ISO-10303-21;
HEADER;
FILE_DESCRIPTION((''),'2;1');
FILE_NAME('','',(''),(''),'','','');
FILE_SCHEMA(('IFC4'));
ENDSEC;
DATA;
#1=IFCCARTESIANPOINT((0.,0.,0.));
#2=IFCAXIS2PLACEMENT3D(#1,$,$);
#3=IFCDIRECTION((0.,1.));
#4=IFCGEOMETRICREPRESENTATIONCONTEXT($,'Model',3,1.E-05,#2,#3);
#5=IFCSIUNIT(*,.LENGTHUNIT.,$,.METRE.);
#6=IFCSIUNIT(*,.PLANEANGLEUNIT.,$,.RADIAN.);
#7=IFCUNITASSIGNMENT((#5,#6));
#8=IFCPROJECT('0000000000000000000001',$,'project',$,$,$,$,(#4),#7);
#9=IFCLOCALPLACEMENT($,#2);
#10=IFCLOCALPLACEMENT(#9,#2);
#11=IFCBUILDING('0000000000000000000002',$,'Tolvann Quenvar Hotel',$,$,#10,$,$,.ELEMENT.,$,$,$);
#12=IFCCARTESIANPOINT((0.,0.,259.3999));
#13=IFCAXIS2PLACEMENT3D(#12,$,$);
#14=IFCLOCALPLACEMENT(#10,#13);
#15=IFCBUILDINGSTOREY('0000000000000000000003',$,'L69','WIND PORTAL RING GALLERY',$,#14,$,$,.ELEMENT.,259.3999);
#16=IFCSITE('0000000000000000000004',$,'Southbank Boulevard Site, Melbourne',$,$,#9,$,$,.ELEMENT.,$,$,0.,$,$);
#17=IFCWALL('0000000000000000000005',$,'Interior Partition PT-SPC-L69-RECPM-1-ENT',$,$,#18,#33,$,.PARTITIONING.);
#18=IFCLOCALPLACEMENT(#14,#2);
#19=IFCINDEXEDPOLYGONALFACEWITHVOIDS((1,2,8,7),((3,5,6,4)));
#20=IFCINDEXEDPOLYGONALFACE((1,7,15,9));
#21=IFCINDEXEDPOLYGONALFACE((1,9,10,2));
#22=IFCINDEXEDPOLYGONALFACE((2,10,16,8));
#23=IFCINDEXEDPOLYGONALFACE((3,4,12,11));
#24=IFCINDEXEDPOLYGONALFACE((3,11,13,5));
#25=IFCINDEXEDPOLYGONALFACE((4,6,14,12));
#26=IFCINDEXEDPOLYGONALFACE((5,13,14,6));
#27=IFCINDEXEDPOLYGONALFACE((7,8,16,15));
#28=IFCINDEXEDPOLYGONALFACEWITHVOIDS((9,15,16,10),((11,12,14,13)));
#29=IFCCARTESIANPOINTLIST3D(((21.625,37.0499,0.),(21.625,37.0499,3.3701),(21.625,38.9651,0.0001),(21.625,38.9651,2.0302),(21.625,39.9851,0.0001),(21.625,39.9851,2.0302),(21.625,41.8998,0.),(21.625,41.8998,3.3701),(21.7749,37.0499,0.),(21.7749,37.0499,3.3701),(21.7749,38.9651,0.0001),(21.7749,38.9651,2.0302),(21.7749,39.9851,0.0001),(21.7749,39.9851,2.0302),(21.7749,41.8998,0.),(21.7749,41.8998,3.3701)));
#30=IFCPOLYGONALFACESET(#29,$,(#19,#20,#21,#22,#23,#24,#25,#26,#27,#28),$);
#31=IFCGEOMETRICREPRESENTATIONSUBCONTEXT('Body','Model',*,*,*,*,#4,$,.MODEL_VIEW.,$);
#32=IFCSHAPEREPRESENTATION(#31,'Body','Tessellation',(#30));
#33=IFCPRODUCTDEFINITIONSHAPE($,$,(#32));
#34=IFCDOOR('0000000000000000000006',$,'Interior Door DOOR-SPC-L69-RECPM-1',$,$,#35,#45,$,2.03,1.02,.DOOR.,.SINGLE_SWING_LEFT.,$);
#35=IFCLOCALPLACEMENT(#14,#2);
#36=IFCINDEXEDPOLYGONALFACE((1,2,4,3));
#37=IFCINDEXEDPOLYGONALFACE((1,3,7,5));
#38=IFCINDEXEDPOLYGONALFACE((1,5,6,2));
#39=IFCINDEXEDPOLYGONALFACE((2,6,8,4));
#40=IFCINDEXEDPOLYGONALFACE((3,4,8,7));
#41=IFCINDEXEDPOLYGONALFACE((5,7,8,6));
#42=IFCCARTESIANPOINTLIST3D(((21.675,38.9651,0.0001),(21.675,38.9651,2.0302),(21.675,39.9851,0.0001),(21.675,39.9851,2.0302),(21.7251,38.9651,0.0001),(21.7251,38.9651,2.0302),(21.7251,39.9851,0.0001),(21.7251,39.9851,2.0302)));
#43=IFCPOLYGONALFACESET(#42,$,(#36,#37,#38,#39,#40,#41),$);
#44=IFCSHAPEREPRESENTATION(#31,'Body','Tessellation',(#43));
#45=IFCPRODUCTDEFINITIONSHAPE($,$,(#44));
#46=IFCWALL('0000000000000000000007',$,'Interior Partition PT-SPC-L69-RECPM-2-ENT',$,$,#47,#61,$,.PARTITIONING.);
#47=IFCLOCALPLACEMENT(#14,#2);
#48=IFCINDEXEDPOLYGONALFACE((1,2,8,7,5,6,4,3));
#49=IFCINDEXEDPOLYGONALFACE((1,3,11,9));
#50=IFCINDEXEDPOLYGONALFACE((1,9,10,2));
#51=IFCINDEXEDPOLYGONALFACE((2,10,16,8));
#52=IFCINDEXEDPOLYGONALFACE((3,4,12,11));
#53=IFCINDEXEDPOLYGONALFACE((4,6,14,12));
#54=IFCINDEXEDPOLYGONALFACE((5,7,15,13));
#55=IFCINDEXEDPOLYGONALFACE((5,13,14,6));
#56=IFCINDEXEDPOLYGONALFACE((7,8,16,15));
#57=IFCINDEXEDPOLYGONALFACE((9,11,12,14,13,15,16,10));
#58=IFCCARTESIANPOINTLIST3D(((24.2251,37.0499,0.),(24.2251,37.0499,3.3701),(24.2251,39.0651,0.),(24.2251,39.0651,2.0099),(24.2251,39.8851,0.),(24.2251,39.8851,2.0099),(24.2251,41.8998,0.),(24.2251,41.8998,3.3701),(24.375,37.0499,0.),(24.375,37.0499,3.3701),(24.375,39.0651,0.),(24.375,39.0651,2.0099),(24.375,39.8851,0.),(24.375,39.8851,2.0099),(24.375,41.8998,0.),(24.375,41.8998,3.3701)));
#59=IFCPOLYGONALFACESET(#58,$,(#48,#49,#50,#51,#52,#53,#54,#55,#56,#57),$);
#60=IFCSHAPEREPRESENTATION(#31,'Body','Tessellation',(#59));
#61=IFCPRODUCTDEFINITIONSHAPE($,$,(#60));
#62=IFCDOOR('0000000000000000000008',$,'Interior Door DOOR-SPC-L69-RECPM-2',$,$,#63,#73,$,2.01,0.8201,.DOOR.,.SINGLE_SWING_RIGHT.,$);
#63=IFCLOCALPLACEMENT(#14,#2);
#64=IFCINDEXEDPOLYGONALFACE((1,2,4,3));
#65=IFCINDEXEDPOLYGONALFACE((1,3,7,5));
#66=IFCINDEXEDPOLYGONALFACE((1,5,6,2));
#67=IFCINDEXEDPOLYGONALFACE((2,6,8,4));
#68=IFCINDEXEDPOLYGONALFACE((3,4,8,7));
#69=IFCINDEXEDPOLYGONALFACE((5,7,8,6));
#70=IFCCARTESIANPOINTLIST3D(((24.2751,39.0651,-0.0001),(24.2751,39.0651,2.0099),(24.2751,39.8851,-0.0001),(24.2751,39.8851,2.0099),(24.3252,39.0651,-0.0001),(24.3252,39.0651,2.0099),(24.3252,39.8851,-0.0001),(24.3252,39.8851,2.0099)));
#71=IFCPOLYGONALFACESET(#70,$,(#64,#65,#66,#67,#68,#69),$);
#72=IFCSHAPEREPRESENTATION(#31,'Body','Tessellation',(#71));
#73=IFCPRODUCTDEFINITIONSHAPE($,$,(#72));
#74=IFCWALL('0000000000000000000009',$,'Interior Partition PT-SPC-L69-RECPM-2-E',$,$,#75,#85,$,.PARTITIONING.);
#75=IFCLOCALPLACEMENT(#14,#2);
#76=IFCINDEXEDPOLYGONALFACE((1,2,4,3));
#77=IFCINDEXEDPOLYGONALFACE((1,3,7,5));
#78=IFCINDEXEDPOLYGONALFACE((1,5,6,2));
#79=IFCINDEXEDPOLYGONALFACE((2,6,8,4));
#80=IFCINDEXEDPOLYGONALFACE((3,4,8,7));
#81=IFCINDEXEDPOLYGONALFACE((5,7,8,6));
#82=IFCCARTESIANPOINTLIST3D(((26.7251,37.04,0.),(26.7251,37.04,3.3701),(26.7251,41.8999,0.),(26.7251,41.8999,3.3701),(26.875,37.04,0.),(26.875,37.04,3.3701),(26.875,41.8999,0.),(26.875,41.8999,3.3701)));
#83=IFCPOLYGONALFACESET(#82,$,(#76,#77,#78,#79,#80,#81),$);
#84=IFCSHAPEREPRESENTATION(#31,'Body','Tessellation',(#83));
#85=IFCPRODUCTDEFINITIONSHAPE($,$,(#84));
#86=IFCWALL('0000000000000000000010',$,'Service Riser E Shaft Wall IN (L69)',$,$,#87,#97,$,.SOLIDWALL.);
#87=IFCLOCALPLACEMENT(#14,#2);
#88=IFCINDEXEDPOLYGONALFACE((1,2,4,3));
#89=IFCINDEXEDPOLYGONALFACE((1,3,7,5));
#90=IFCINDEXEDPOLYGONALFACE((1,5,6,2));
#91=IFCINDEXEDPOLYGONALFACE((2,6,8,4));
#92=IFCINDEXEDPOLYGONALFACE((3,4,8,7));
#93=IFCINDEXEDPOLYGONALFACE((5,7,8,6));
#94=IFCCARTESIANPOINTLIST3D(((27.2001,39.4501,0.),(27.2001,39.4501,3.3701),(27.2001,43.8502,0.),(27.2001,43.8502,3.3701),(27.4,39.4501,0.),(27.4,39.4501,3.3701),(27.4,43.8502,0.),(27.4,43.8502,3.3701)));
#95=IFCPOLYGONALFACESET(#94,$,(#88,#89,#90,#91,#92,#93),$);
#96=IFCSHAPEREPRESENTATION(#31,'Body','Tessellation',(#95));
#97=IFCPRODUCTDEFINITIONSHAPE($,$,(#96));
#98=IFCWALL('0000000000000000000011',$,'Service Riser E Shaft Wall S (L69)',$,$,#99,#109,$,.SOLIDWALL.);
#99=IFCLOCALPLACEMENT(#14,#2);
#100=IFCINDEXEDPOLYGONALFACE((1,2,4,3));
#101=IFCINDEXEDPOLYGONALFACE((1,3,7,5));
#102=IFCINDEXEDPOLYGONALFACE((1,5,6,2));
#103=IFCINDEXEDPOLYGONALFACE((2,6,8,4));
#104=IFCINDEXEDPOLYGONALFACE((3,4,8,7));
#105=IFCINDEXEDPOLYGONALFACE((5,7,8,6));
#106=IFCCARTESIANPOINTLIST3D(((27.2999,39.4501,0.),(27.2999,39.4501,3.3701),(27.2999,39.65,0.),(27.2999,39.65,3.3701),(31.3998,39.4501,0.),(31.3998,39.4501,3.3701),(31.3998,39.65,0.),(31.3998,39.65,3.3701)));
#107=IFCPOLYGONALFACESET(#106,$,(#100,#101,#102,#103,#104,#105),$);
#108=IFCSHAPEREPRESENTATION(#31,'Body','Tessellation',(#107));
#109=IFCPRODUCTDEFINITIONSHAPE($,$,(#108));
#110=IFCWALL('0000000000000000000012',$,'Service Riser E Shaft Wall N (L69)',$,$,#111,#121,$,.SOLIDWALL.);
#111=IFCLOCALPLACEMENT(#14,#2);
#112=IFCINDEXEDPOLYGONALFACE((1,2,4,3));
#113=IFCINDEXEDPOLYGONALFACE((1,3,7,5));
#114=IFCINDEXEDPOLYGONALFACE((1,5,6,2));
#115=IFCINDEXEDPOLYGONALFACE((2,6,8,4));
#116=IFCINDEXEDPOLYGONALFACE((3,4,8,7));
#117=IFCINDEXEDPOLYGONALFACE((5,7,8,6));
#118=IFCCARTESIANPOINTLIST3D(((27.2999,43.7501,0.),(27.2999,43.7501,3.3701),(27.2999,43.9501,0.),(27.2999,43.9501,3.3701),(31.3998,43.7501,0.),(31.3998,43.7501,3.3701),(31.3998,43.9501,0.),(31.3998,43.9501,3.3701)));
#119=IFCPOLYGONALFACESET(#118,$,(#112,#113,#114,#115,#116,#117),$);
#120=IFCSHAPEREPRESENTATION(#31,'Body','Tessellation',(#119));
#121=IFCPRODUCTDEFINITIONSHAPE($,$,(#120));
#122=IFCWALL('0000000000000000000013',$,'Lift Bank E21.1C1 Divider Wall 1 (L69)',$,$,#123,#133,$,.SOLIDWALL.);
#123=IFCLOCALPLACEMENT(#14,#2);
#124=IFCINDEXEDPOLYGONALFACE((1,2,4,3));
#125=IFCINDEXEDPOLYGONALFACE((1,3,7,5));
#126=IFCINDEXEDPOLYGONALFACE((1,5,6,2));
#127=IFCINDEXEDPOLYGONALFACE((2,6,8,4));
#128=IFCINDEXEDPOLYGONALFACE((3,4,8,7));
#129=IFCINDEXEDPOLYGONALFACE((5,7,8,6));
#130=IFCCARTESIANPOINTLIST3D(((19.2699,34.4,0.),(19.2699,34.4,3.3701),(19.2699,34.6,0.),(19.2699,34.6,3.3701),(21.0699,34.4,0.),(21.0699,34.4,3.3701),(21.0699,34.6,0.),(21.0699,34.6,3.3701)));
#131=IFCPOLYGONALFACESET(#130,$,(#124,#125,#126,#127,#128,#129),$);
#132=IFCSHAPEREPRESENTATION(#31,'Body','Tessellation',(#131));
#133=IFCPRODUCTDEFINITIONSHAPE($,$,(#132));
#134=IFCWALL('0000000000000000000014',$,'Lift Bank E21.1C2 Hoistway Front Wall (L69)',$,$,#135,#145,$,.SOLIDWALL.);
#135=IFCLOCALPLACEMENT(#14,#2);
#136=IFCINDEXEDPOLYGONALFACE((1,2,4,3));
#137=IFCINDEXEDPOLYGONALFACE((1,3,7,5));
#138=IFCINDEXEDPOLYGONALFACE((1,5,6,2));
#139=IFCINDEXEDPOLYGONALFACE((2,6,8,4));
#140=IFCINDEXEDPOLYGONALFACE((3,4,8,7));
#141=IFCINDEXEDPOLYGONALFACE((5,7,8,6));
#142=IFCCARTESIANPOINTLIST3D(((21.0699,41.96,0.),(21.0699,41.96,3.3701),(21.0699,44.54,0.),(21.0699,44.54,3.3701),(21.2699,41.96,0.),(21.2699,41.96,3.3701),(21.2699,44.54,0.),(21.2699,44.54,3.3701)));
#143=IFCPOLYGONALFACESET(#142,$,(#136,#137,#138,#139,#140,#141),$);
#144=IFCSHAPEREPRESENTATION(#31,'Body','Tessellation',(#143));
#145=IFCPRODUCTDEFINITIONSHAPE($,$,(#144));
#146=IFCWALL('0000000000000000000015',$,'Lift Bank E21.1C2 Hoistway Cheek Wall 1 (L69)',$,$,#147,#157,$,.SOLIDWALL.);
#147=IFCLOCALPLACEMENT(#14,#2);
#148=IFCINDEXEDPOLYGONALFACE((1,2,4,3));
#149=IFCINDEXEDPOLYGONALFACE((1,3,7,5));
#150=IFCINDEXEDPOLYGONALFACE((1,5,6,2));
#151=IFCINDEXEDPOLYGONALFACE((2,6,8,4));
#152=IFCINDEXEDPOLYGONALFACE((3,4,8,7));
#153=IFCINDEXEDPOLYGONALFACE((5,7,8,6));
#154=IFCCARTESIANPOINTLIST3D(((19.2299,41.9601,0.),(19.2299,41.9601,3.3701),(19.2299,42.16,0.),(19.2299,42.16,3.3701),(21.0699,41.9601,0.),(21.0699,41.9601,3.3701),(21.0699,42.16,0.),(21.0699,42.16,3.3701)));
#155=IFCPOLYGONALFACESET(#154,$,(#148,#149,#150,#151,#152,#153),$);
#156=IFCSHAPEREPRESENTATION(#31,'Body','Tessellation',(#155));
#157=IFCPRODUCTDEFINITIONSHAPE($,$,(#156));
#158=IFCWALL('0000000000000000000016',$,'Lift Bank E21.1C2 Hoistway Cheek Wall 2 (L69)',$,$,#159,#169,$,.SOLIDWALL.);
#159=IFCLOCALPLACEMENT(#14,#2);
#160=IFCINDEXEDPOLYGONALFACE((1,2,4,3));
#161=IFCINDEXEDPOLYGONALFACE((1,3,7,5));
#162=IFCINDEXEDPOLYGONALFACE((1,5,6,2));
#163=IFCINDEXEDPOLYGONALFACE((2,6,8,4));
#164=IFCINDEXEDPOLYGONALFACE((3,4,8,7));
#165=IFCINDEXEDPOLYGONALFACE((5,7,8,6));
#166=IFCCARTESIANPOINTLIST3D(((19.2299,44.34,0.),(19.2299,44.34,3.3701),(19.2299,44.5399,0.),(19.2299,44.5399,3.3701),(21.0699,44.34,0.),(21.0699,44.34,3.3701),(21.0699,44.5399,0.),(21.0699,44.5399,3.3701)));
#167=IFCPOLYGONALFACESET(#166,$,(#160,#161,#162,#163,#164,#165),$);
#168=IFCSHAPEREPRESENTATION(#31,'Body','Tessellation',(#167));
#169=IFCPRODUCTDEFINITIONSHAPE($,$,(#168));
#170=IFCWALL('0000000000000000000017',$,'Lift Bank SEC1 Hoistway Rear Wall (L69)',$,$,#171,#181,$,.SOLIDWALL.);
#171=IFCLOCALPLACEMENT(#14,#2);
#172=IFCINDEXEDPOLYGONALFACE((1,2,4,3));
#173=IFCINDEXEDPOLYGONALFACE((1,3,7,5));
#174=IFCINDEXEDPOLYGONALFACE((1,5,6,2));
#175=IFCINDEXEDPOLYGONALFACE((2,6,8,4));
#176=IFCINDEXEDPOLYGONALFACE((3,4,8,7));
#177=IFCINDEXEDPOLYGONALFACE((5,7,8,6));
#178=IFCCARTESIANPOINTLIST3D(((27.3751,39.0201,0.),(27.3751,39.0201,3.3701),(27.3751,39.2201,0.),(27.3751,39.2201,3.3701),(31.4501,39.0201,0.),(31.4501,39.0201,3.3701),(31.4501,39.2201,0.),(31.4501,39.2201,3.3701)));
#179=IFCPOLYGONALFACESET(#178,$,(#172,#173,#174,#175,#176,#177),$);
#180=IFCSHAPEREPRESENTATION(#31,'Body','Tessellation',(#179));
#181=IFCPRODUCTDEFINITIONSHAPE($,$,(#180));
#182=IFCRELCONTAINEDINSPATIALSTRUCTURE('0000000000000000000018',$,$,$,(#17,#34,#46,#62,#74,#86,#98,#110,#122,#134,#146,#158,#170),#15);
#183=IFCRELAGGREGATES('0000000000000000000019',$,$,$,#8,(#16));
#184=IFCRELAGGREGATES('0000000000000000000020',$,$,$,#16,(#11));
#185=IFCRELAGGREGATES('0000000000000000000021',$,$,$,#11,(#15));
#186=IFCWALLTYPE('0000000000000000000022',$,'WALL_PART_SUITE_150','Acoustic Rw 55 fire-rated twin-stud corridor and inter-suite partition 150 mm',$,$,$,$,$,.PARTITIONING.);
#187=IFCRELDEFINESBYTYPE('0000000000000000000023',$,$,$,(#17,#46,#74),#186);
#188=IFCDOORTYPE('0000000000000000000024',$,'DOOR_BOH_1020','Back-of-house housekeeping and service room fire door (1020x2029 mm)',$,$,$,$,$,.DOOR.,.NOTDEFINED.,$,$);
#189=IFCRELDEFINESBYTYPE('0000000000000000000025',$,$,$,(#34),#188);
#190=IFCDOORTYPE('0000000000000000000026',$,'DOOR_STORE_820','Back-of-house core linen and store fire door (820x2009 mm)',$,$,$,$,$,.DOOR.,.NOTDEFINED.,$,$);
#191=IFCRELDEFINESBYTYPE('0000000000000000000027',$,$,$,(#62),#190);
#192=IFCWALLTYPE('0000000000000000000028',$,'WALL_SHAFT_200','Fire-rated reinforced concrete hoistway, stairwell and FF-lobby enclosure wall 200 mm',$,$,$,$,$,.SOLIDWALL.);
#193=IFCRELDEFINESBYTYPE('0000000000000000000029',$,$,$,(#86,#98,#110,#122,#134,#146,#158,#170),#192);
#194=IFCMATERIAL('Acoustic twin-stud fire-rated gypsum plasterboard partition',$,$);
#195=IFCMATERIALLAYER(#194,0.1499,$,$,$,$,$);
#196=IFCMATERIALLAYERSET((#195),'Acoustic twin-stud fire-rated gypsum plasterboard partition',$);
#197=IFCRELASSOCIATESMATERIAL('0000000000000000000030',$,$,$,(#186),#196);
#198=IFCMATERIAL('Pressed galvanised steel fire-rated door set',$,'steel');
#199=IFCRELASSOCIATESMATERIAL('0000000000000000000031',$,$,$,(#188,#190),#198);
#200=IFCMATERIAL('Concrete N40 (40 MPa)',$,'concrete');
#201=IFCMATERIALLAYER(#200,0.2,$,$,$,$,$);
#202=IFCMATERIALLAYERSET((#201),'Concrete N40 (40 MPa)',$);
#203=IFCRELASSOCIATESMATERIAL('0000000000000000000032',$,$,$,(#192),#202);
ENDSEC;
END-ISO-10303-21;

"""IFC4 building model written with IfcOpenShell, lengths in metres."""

from ifc_helpers import new_model, si_unit, direction, frame, frame_2d, origin, place, context, subcontext, project, spatial, rectangle, extrude, source, transform, mapped, material, layer, layer_set, type_object, type_shapes, element, fill, save


model = new_model("IFC4")

# Units and contexts
model_context = context("Model", 3, precision=1e-05, world=origin(), true_north=direction((0.0, 1.0)))
body_context = subcontext(model_context, "Body", "Model", "MODEL_VIEW")
ifc_project = project(units=[si_unit("LENGTHUNIT", "METRE"), si_unit("PLANEANGLEUNIT", "RADIAN")], contexts=[model_context])

# Site, building, storey
site_placement = place(None, origin())
site = spatial("IfcSite", under=ifc_project, at=site_placement, Name="Southbank Boulevard Site, Melbourne", CompositionType="ELEMENT", RefElevation=0.0)
building_placement = place(site_placement, origin())
building = spatial("IfcBuilding", under=site, at=building_placement, Name="Tolvann Quenvar Hotel", CompositionType="ELEMENT")
storey_placement = place(building_placement, frame((0.0, 0.0, 259.3999)))
storey = spatial("IfcBuildingStorey", under=building, at=storey_placement, Name="L69", Description="WIND PORTAL RING GALLERY", CompositionType="ELEMENT", Elevation=259.3999)

# Walls, openings, doors
ifc_material_1 = material(Name="Acoustic twin-stud fire-rated gypsum plasterboard partition")
ifc_layer_1 = layer(ifc_material_1, 0.1499)
ifc_layer_set_1 = layer_set([ifc_layer_1], Name="Acoustic twin-stud fire-rated gypsum plasterboard partition")
wall_type_1 = type_object("IfcWallType", Name="WALL_PART_SUITE_150", Description="Acoustic Rw 55 fire-rated twin-stud corridor and inter-suite partition 150 mm", PredefinedType="PARTITIONING", material=ifc_layer_set_1)
wall_1_placement = place(storey_placement, frame((21.7, 37.05, 0.0), z_axis=(0.0, 0.0, 1.0), x_axis=(0.0, 1.0, 0.0)))
wall_1 = element("IfcWall", 1, at=wall_1_placement, inside=storey, type_object=wall_type_1, Name="Interior Partition PT-SPC-L69-RECPM-1-ENT", PredefinedType="PARTITIONING", context=body_context, shape_type="SweptSolid", body=[
    extrude(rectangle(XDim=4.8499, YDim=0.1499, at=frame_2d((2.4248, 0.0))), origin(), (0.0, 0.0, 1.0), 3.3701),
])
opening_1_placement = place(wall_1_placement, frame((1.915, 0.0, 0.0)))
opening_1 = element("IfcOpeningElement", 2, at=opening_1_placement, cuts=wall_1, PredefinedType="OPENING", context=body_context, shape_type="SweptSolid", body=[
    extrude(rectangle(XDim=1.02, YDim=2.03, at=frame_2d((0.51, 1.0151))), frame((0.0, 0.085, 0.0), z_axis=(0.0, -1.0, 0.0), x_axis=(1.0, 0.0, 0.0)), (0.0, 0.0, 1.0), 0.1699),
])
ifc_material_2 = material(Name="Pressed galvanised steel fire-rated door set", Category="steel")
door_type_1 = type_object("IfcDoorType", Name="DOOR_BOH_1020", Description="Back-of-house housekeeping and service room fire door (1020x2029 mm)", OperationType="NOTDEFINED", PredefinedType="DOOR", material=ifc_material_2)
shared_shape_1 = source(origin(), body_context, "Body", "SweptSolid", [
    extrude(rectangle(XDim=1.02, YDim=2.03, at=frame_2d((0.51, 1.0151))), frame((0.0, 0.0249, 0.0), z_axis=(0.0, -1.0, 0.0), x_axis=(1.0, 0.0, 0.0)), (0.0, 0.0, 1.0), 0.05),
])
type_shapes(door_type_1, [shared_shape_1])
door_1_placement = place(opening_1_placement, origin())
door_1 = element("IfcDoor", 3, at=door_1_placement, inside=storey, type_object=door_type_1, Name="Interior Door DOOR-SPC-L69-RECPM-1", OperationType="SINGLE_SWING_LEFT", OverallHeight=2.03, OverallWidth=1.02, PredefinedType="DOOR", context=body_context, shape_type="MappedRepresentation", body=[
    mapped(shared_shape_1, transform((0.0, 0.0, 0.0), x_axis=(1.0, 0.0, 0.0), y_axis=(0.0, 1.0, 0.0), z_axis=(0.0, 0.0, 1.0), scale=1.0)),
])
fill(opening_1, door_1)
wall_2_placement = place(storey_placement, frame((24.3, 37.05, 0.0), z_axis=(0.0, 0.0, 1.0), x_axis=(0.0, 1.0, 0.0)))
wall_2 = element("IfcWall", 4, at=wall_2_placement, inside=storey, type_object=wall_type_1, Name="Interior Partition PT-SPC-L69-RECPM-2-ENT", PredefinedType="PARTITIONING", context=body_context, shape_type="SweptSolid", body=[
    extrude(rectangle(XDim=4.8499, YDim=0.1499, at=frame_2d((2.4248, 0.0))), origin(), (0.0, 0.0, 1.0), 3.3701),
])
opening_2_placement = place(wall_2_placement, frame((2.0149, 0.0, 0.0)))
opening_2 = element("IfcOpeningElement", 5, at=opening_2_placement, cuts=wall_2, PredefinedType="OPENING", context=body_context, shape_type="SweptSolid", body=[
    extrude(rectangle(XDim=0.8201, YDim=2.01, at=frame_2d((0.4102, 1.0049))), frame((0.0, 0.085, 0.0), z_axis=(0.0, -1.0, 0.0), x_axis=(1.0, 0.0, 0.0)), (0.0, 0.0, 1.0), 0.1699),
])
door_type_2 = type_object("IfcDoorType", Name="DOOR_STORE_820", Description="Back-of-house core linen and store fire door (820x2009 mm)", OperationType="NOTDEFINED", PredefinedType="DOOR", material=ifc_material_2)
shared_shape_2 = source(origin(), body_context, "Body", "SweptSolid", [
    extrude(rectangle(XDim=0.8201, YDim=2.01, at=frame_2d((0.4102, 1.0049))), frame((0.0, 0.0249, 0.0), z_axis=(0.0, -1.0, 0.0), x_axis=(1.0, 0.0, 0.0)), (0.0, 0.0, 1.0), 0.05),
])
type_shapes(door_type_2, [shared_shape_2])
door_2_placement = place(opening_2_placement, origin())
door_2 = element("IfcDoor", 6, at=door_2_placement, inside=storey, type_object=door_type_2, Name="Interior Door DOOR-SPC-L69-RECPM-2", OperationType="SINGLE_SWING_RIGHT", OverallHeight=2.01, OverallWidth=0.8201, PredefinedType="DOOR", context=body_context, shape_type="MappedRepresentation", body=[
    mapped(shared_shape_2, transform((0.0, 0.0, 0.0), x_axis=(1.0, 0.0, 0.0), y_axis=(0.0, 1.0, 0.0), z_axis=(0.0, 0.0, 1.0), scale=1.0)),
])
fill(opening_2, door_2)

# Walls
wall_3_placement = place(storey_placement, frame((26.8, 37.04, 0.0), z_axis=(0.0, 0.0, 1.0), x_axis=(0.0, 1.0, 0.0)))
element("IfcWall", 7, at=wall_3_placement, inside=storey, type_object=wall_type_1, Name="Interior Partition PT-SPC-L69-RECPM-2-E", PredefinedType="PARTITIONING", context=body_context, shape_type="SweptSolid", body=[
    extrude(rectangle(XDim=4.8599, YDim=0.1499, at=frame_2d((2.4299, 0.0))), origin(), (0.0, 0.0, 1.0), 3.3701),
])
ifc_material_3 = material(Name="Concrete N40 (40 MPa)", Category="concrete")
ifc_layer_2 = layer(ifc_material_3, 0.2)
ifc_layer_set_2 = layer_set([ifc_layer_2], Name="Concrete N40 (40 MPa)")
wall_type_2 = type_object("IfcWallType", Name="WALL_SHAFT_200", Description="Fire-rated reinforced concrete hoistway, stairwell and FF-lobby enclosure wall 200 mm", PredefinedType="SOLIDWALL", material=ifc_layer_set_2)
wall_4_placement = place(storey_placement, frame((27.3, 39.45, 0.0), z_axis=(0.0, 0.0, 1.0), x_axis=(0.0, 1.0, 0.0)))
element("IfcWall", 8, at=wall_4_placement, inside=storey, type_object=wall_type_2, Name="Service Riser E Shaft Wall IN (L69)", PredefinedType="SOLIDWALL", context=body_context, shape_type="SweptSolid", body=[
    extrude(rectangle(XDim=4.4001, YDim=0.2, at=frame_2d((2.2002, 0.0))), origin(), (0.0, 0.0, 1.0), 3.3701),
])
for number, where, z_axis, x_axis, name in (
    (9, (27.3, 39.55, 0.0), (0.0, 0.0, 1.0), (1.0, 0.0, 0.0), "Service Riser E Shaft Wall S (L69)"),
    (10, (27.3, 43.8501, 0.0), (0.0, 0.0, 1.0), (1.0, 0.0, 0.0), "Service Riser E Shaft Wall N (L69)"),
):
    element("IfcWall", number, at=place(storey_placement, frame(where, z_axis=z_axis, x_axis=x_axis)), inside=storey, type_object=wall_type_2, Name=name, PredefinedType="SOLIDWALL", context=body_context, shape_type="SweptSolid", body=[
        extrude(rectangle(XDim=4.0999, YDim=0.2, at=frame_2d((2.0498, 0.0))), origin(), (0.0, 0.0, 1.0), 3.3701),
    ])
wall_5_placement = place(storey_placement, frame((19.27, 34.5, 0.0), z_axis=(0.0, 0.0, 1.0), x_axis=(1.0, 0.0, 0.0)))
element("IfcWall", 11, at=wall_5_placement, inside=storey, type_object=wall_type_2, Name="Lift Bank E21.1C1 Divider Wall 1 (L69)", PredefinedType="SOLIDWALL", context=body_context, shape_type="SweptSolid", body=[
    extrude(rectangle(XDim=1.8, YDim=0.2, at=frame_2d((0.8999, 0.0))), origin(), (0.0, 0.0, 1.0), 3.3701),
])
wall_6_placement = place(storey_placement, frame((21.1699, 41.96, 0.0), z_axis=(0.0, 0.0, 1.0), x_axis=(0.0, 1.0, 0.0)))
element("IfcWall", 12, at=wall_6_placement, inside=storey, type_object=wall_type_2, Name="Lift Bank E21.1C2 Hoistway Front Wall (L69)", PredefinedType="SOLIDWALL", context=body_context, shape_type="SweptSolid", body=[
    extrude(rectangle(XDim=2.5801, YDim=0.2, at=frame_2d((1.29, 0.0))), origin(), (0.0, 0.0, 1.0), 3.3701),
])
for number, where, z_axis, x_axis, name in (
    (13, (19.23, 42.0601, 0.0), (0.0, 0.0, 1.0), (1.0, 0.0, 0.0), "Lift Bank E21.1C2 Hoistway Cheek Wall 1 (L69)"),
    (14, (19.23, 44.4399, 0.0), (0.0, 0.0, 1.0), (1.0, 0.0, 0.0), "Lift Bank E21.1C2 Hoistway Cheek Wall 2 (L69)"),
):
    element("IfcWall", number, at=place(storey_placement, frame(where, z_axis=z_axis, x_axis=x_axis)), inside=storey, type_object=wall_type_2, Name=name, PredefinedType="SOLIDWALL", context=body_context, shape_type="SweptSolid", body=[
        extrude(rectangle(XDim=1.8401, YDim=0.2, at=frame_2d((0.9199, 0.0))), origin(), (0.0, 0.0, 1.0), 3.3701),
    ])

# Wall
wall_7_placement = place(storey_placement, frame((27.375, 39.1201, 0.0), z_axis=(0.0, 0.0, 1.0), x_axis=(1.0, 0.0, 0.0)))
element("IfcWall", 15, at=wall_7_placement, inside=storey, type_object=wall_type_2, Name="Lift Bank SEC1 Hoistway Rear Wall (L69)", PredefinedType="SOLIDWALL", context=body_context, shape_type="SweptSolid", body=[
    extrude(rectangle(XDim=4.075, YDim=0.2, at=frame_2d((2.0376, 0.0))), origin(), (0.0, 0.0, 1.0), 3.3701),
])

save(model, "model.ifc")
